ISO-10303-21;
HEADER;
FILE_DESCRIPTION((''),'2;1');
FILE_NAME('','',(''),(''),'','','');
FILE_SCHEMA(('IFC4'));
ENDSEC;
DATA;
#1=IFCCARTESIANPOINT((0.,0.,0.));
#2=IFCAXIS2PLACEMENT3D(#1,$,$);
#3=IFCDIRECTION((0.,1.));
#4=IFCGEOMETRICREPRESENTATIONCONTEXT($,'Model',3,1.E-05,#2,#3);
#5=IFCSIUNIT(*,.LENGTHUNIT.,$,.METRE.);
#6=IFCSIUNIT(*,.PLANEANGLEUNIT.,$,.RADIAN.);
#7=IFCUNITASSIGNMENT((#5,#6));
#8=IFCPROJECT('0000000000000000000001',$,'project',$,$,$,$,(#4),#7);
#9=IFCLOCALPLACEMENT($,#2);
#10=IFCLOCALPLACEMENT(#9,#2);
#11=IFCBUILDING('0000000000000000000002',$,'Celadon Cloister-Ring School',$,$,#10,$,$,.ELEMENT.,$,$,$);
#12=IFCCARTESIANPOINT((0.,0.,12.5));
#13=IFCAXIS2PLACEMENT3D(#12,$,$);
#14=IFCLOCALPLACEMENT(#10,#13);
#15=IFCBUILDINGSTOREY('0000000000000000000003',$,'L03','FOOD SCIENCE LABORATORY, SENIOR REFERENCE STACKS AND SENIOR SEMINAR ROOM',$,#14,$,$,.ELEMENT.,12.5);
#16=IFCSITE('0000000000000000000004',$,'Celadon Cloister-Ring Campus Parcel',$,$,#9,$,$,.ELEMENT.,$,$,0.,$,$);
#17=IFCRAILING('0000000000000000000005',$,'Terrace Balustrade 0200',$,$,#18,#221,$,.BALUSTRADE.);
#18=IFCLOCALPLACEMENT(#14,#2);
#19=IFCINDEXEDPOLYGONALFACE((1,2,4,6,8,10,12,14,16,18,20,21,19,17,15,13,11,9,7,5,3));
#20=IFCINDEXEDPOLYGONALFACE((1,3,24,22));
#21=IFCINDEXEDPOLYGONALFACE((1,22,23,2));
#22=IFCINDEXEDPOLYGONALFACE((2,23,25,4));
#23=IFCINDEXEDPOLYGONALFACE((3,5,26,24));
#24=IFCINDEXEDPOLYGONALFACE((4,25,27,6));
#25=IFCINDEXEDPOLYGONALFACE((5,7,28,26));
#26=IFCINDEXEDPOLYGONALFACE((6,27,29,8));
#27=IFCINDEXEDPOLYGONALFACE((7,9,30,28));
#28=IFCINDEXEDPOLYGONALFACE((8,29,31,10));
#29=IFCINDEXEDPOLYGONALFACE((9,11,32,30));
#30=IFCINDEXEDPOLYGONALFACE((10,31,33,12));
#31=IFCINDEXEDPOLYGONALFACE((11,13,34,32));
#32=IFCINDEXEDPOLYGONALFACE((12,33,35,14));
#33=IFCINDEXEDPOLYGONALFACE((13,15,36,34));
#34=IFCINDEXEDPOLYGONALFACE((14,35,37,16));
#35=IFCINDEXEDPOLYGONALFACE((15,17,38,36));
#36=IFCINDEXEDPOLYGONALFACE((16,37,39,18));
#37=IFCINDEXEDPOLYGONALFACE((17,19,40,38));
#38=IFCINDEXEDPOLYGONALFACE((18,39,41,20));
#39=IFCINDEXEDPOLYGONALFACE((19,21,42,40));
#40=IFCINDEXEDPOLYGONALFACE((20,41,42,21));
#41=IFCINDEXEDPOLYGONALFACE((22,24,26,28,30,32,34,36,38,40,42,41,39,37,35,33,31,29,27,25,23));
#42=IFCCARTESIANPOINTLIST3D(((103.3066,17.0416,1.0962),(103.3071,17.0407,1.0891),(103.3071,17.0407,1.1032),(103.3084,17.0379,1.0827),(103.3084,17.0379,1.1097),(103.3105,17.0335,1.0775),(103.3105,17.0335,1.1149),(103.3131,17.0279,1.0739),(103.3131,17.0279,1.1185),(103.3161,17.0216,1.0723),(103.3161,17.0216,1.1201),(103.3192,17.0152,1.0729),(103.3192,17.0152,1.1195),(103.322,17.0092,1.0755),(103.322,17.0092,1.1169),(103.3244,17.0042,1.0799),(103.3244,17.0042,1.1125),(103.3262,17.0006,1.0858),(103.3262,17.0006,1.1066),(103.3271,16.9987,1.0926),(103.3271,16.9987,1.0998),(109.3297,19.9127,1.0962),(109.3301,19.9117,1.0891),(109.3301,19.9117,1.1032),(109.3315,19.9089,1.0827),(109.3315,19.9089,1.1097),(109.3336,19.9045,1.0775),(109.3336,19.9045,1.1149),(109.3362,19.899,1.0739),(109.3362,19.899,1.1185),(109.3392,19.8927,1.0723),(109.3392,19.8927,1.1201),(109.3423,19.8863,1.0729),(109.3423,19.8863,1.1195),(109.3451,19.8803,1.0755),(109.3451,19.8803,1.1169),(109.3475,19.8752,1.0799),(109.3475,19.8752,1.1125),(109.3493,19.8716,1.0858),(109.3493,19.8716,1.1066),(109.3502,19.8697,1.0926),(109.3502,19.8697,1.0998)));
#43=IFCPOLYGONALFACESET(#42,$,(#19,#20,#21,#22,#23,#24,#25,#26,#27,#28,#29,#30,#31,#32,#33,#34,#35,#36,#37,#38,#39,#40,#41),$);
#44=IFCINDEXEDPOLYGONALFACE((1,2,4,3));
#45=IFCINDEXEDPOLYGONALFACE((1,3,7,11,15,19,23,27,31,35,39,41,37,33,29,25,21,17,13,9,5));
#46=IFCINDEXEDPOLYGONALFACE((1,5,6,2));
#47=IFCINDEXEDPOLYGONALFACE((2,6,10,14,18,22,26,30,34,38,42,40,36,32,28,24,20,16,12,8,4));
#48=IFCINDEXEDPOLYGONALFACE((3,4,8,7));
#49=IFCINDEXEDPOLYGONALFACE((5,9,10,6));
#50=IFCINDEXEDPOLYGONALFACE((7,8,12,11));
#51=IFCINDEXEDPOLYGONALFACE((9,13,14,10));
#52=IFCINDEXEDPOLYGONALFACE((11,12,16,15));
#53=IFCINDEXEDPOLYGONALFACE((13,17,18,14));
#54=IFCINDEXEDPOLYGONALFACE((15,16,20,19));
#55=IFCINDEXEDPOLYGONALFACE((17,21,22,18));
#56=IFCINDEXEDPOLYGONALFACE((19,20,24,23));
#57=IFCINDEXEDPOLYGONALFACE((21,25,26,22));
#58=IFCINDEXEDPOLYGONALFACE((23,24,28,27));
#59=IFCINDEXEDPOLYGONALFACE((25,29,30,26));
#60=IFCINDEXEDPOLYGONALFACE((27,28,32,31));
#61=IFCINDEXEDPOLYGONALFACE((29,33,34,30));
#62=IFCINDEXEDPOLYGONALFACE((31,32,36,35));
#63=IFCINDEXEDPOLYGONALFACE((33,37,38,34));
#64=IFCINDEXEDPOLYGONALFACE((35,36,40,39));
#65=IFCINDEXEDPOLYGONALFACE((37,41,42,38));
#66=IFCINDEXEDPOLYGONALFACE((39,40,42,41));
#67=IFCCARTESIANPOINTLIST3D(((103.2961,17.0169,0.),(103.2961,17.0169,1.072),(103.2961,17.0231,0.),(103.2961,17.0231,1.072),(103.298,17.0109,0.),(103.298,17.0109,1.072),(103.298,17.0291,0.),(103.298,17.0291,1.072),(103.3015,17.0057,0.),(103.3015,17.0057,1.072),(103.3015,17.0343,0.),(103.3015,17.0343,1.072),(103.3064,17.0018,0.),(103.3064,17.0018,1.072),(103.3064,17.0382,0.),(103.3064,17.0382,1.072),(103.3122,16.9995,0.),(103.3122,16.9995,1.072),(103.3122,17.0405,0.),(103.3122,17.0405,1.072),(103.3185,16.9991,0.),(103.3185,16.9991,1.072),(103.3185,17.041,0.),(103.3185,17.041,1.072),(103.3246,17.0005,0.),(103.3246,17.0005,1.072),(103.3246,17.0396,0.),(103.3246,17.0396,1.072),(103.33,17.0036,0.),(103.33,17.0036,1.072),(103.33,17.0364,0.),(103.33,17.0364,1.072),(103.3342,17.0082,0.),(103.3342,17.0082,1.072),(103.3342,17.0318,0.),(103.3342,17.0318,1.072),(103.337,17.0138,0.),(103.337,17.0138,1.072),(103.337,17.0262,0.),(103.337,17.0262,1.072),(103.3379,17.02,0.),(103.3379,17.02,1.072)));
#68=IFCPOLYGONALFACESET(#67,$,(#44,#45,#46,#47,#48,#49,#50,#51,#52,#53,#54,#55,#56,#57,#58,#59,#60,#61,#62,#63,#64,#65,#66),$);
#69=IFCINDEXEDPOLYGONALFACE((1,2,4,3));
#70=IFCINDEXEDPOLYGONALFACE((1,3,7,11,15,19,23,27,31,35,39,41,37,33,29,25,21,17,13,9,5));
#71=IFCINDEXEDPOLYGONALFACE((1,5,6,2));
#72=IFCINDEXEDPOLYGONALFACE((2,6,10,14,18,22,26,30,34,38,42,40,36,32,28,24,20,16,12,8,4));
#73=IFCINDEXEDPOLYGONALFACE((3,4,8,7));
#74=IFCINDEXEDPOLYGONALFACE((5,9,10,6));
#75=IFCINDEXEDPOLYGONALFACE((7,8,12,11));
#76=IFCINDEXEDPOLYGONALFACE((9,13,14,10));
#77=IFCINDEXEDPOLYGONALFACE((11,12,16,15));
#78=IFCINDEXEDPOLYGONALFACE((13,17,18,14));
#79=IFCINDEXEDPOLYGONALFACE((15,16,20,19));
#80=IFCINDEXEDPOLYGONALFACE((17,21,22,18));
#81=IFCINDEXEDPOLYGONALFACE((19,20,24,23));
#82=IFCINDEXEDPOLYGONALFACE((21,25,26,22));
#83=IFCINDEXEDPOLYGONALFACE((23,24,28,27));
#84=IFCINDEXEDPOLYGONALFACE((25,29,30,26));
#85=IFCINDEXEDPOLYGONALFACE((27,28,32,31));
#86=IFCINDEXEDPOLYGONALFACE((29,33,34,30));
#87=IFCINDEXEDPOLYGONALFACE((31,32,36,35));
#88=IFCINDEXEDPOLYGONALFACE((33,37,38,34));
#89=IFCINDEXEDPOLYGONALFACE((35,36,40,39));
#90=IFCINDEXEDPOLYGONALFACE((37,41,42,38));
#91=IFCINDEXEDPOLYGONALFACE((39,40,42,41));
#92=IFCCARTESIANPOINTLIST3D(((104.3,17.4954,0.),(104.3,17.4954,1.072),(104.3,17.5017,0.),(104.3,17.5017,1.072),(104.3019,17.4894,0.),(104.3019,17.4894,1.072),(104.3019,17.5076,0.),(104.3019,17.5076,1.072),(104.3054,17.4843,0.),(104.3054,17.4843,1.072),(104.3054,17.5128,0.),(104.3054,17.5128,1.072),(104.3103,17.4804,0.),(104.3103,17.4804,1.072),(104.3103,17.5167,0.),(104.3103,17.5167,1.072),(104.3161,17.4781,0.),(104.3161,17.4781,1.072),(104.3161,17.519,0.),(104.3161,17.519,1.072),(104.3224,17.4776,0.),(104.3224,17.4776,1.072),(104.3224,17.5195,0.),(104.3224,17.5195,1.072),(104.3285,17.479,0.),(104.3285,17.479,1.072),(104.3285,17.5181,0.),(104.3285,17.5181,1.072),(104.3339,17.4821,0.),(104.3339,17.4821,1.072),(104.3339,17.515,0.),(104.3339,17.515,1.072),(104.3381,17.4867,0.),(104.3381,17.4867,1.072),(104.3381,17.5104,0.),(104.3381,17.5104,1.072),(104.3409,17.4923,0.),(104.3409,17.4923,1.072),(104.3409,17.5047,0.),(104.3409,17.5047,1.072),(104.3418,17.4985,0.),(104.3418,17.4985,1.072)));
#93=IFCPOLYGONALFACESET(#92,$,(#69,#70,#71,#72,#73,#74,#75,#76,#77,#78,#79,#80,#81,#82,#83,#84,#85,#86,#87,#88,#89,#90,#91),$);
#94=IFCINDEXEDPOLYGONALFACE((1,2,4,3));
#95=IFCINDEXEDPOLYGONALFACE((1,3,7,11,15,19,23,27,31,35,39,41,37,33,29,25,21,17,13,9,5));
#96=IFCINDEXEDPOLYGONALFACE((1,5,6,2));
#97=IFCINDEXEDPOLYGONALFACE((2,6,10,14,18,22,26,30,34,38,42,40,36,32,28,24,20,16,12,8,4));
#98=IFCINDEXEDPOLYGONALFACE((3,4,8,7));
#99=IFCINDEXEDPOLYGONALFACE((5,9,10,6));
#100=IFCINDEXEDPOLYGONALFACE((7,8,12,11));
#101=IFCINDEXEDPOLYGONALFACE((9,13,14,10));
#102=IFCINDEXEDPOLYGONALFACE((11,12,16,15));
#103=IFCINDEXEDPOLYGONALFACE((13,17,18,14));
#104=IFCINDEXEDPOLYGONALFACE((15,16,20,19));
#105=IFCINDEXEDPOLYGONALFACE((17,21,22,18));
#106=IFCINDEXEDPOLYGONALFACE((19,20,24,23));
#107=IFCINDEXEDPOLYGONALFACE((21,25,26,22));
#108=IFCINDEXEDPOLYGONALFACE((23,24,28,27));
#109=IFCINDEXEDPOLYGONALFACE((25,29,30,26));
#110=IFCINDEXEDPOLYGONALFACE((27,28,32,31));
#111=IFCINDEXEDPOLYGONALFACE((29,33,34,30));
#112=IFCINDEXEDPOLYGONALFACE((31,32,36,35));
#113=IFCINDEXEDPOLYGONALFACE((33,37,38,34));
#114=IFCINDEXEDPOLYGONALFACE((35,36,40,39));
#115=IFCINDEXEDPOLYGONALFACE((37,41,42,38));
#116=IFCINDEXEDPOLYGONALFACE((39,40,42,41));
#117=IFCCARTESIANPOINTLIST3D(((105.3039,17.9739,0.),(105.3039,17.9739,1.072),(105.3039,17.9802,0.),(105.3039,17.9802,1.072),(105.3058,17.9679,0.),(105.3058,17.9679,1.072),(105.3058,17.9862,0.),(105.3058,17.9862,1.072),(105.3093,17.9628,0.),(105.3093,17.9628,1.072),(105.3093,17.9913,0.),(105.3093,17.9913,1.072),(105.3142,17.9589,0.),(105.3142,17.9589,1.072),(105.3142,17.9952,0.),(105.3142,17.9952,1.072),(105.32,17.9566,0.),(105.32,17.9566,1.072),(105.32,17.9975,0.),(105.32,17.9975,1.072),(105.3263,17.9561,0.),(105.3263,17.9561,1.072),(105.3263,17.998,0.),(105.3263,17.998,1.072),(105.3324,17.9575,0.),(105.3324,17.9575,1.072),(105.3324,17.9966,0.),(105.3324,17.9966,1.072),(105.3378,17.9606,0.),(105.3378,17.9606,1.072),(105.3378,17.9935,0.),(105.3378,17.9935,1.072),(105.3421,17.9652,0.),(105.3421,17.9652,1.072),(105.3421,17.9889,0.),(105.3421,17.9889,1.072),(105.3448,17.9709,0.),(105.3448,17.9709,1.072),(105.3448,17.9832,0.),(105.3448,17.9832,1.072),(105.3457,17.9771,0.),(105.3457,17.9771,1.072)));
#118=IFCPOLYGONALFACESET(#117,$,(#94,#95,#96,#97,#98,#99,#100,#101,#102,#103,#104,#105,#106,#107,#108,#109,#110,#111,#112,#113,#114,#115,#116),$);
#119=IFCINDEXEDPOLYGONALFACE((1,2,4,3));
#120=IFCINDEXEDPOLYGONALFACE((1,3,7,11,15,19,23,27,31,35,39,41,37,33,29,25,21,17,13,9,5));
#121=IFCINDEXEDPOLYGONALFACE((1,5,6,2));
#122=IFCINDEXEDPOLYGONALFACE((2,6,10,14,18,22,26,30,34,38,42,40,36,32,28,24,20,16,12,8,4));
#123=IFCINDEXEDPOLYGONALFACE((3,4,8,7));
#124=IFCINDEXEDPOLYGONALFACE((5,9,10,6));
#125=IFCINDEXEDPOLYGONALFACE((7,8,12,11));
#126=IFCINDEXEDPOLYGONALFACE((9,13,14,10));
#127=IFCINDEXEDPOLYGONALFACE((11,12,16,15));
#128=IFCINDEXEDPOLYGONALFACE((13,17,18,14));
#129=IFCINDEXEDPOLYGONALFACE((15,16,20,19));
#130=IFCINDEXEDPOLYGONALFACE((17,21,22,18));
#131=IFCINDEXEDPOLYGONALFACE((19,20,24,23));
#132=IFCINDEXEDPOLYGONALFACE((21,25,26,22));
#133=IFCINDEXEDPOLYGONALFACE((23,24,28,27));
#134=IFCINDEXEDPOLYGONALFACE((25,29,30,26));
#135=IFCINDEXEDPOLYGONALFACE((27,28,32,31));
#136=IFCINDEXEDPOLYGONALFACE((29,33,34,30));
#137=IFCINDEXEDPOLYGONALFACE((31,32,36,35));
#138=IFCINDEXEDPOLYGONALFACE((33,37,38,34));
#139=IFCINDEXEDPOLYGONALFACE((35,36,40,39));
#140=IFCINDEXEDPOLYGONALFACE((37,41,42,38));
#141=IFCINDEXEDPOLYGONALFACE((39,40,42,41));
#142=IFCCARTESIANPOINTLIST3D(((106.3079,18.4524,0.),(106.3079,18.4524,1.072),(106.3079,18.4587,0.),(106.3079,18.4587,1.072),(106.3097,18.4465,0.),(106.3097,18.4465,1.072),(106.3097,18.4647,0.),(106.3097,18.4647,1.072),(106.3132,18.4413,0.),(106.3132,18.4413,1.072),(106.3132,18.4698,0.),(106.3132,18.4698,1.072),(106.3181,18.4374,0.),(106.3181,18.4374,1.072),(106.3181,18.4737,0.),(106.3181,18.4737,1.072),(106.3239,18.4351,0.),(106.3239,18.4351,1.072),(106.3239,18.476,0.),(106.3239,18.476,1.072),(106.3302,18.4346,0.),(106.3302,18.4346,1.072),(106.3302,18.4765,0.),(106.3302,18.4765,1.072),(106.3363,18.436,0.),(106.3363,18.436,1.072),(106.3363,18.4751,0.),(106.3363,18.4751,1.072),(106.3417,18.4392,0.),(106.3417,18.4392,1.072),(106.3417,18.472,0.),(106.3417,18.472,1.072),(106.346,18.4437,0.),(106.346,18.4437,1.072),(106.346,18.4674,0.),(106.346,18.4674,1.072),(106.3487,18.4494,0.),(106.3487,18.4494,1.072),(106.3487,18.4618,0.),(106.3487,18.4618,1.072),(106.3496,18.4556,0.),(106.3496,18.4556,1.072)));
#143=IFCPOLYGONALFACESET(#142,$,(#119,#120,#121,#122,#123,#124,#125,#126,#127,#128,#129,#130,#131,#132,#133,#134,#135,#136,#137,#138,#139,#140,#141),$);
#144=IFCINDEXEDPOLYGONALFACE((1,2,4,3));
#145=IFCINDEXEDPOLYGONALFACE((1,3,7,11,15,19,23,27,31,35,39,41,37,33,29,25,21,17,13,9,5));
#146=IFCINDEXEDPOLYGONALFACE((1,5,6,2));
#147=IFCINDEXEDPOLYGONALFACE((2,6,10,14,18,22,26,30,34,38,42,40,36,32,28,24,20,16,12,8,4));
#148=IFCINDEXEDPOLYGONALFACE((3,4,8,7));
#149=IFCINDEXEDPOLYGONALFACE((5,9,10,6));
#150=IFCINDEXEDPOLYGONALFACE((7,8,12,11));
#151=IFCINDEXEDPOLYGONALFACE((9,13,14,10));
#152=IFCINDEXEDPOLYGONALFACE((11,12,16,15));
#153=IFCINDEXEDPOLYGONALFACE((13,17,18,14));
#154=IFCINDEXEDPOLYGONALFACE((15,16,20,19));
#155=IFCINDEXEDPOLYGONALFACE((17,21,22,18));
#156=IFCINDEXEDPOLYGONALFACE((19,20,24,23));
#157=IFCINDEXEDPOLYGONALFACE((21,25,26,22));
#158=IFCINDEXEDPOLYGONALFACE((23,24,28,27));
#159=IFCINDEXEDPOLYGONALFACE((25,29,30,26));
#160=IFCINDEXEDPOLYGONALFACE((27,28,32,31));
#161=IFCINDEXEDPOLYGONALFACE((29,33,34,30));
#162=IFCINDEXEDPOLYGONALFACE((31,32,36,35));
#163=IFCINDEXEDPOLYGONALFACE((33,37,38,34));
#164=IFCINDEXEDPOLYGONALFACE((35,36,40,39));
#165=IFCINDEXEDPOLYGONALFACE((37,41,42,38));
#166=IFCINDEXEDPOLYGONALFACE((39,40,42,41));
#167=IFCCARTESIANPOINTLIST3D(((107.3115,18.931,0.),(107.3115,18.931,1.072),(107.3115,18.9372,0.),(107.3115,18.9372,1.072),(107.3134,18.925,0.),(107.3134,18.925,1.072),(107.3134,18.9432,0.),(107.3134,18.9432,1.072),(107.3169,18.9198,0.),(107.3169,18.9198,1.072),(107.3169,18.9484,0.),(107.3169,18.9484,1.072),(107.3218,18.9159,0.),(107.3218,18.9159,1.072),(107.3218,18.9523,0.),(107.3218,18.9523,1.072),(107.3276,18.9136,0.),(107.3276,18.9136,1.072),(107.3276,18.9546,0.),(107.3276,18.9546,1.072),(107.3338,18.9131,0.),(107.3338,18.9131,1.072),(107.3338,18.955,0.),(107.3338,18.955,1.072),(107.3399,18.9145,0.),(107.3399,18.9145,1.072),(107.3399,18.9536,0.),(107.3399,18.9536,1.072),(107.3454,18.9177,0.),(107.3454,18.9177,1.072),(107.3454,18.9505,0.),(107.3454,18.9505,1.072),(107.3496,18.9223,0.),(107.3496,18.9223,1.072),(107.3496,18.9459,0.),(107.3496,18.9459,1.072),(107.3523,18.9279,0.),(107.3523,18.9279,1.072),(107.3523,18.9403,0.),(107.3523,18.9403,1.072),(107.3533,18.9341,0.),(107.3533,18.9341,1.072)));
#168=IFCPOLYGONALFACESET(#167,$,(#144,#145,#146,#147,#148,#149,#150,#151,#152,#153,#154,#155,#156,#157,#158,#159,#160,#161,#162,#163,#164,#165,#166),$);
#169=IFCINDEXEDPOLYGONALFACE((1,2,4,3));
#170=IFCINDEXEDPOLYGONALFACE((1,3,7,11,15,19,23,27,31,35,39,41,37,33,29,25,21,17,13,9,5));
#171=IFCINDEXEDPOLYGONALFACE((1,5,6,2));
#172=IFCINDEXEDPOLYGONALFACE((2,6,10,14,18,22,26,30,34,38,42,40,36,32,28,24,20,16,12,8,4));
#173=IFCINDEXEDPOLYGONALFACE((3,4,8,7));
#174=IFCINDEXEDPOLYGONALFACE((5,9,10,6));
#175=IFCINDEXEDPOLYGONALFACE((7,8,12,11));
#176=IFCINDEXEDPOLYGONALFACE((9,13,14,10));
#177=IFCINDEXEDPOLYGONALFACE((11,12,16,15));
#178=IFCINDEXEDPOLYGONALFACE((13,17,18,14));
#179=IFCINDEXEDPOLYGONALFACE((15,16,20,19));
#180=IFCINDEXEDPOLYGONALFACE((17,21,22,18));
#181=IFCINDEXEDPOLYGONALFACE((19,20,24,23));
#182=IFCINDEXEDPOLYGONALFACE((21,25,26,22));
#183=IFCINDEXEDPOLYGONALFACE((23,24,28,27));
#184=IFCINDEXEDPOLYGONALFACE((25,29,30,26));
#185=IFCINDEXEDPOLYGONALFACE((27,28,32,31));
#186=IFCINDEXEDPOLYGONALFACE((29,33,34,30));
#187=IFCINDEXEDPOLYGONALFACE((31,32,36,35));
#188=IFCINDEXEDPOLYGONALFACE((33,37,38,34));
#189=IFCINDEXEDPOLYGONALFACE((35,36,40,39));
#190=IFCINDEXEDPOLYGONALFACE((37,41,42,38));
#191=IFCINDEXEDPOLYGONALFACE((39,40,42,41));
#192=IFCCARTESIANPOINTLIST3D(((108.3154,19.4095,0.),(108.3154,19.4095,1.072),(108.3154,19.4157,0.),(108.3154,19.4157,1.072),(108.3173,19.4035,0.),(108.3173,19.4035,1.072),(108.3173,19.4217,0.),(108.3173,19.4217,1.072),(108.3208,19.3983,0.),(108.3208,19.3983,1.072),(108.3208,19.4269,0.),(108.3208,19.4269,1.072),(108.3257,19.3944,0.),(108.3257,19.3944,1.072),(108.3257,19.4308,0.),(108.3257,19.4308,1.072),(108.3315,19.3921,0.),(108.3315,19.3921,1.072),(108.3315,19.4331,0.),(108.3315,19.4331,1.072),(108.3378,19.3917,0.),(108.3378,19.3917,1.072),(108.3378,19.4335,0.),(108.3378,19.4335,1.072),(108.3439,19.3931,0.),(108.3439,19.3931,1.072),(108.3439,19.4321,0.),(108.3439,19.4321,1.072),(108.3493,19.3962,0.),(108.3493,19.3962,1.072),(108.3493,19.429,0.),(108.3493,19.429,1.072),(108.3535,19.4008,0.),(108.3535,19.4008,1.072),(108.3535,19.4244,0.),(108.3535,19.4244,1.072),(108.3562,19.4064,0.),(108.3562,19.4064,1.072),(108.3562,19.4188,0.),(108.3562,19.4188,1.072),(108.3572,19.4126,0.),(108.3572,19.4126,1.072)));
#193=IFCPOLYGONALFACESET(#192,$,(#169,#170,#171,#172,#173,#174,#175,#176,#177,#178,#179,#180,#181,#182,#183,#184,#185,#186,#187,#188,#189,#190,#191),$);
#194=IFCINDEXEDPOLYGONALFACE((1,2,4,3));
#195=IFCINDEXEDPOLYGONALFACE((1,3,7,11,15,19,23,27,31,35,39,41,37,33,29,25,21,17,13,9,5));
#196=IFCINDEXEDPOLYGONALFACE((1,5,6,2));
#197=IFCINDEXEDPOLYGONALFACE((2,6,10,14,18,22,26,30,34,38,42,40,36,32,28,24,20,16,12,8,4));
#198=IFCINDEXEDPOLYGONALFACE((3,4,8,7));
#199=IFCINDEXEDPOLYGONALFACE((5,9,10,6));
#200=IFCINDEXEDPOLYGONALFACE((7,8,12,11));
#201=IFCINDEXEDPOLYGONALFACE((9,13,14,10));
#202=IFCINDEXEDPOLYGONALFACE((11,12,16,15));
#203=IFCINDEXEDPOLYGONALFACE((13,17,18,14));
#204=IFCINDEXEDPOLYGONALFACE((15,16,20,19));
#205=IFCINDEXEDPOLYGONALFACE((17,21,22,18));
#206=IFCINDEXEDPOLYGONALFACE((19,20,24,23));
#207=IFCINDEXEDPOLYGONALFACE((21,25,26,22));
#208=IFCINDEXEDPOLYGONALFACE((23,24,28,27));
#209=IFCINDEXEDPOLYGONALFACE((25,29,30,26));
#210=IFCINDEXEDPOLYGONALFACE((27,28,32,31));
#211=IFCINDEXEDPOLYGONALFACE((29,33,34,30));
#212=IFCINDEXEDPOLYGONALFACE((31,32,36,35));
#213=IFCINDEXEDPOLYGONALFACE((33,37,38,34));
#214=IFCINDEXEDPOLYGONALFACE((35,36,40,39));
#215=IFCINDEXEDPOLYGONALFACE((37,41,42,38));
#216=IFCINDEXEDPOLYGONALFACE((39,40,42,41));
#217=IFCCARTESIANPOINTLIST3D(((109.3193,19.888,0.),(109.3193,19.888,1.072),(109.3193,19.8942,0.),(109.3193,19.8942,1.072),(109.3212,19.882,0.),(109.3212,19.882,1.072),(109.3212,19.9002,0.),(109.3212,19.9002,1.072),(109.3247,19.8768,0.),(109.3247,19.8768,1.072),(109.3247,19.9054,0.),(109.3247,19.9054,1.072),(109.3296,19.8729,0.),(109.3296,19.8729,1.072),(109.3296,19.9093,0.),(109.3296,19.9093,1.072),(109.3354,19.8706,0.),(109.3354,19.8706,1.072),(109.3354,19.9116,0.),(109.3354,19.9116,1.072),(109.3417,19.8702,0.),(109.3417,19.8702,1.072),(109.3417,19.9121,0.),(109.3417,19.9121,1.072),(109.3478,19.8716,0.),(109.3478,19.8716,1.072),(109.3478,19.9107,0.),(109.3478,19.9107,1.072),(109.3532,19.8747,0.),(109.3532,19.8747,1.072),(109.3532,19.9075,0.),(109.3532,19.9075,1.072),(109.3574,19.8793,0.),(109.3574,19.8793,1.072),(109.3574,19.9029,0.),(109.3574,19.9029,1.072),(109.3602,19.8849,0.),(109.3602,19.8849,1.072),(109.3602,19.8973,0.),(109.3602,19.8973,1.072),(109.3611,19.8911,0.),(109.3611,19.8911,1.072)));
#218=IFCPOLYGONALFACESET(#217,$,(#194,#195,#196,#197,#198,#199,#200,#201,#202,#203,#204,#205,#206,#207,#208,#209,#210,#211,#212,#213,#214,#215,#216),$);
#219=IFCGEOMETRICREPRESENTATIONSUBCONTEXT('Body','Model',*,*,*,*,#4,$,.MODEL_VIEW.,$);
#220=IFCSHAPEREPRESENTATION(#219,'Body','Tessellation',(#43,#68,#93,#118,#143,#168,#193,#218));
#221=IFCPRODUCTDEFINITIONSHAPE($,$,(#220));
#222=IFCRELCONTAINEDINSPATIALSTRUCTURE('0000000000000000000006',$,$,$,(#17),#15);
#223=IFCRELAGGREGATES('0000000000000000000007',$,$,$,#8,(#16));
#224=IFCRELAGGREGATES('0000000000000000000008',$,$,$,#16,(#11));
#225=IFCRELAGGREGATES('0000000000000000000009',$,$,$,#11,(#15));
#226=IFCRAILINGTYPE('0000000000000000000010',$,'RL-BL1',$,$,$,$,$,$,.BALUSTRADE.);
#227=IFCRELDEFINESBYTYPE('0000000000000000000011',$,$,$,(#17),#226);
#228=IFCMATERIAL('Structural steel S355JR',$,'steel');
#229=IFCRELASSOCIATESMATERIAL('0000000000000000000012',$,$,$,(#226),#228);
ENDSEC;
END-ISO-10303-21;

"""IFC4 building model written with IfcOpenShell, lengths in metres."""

from ifc_helpers import new_model, si_unit, direction, frame, origin, origin_2d, place, context, subcontext, project, spatial, circle, extrude, material, type_object, element, save


model = new_model("IFC4")

# Units and contexts
model_context = context("Model", 3, precision=1e-05, world=origin(), true_north=direction((0.0, 1.0)))
body_context = subcontext(model_context, "Body", "Model", "MODEL_VIEW")
ifc_project = project(units=[si_unit("LENGTHUNIT", "METRE"), si_unit("PLANEANGLEUNIT", "RADIAN")], contexts=[model_context])

# Site, building, storey
site_placement = place(None, origin())
site = spatial("IfcSite", under=ifc_project, at=site_placement, Name="Celadon Cloister-Ring Campus Parcel", CompositionType="ELEMENT", RefElevation=0.0)
building_placement = place(site_placement, origin())
building = spatial("IfcBuilding", under=site, at=building_placement, Name="Celadon Cloister-Ring School", CompositionType="ELEMENT")
storey_placement = place(building_placement, frame((0.0, 0.0, 12.5)))
storey = spatial("IfcBuildingStorey", under=building, at=storey_placement, Name="L03", Description="FOOD SCIENCE LABORATORY, SENIOR REFERENCE STACKS AND SENIOR SEMINAR ROOM", CompositionType="ELEMENT", Elevation=12.5)

# Railing
ifc_material_1 = material(Name="Structural steel S355JR", Category="steel")
railing_type = type_object("IfcRailingType", Name="RL-BL1", PredefinedType="BALUSTRADE", material=ifc_material_1)
railing_placement = place(storey_placement, frame((103.3169, 17.02, 0.0)))
element("IfcRailing", 1, at=railing_placement, inside=storey, type_object=railing_type, Name="Terrace Balustrade 0200", PredefinedType="BALUSTRADE", context=body_context, shape_type="SweptSolid", body=[
    extrude(circle(Radius=0.0239, at=origin_2d()), frame((0.0, 0.0, 1.0962), z_axis=(0.902691, 0.430289, 0.0), x_axis=(-0.430289, 0.902691, 0.0)), (0.0, 0.0, 1.0), 6.6724),
    extrude(circle(Radius=0.021, at=origin_2d()), origin(), (0.0, 0.0, 1.0), 1.072),
    extrude(circle(Radius=0.021, at=origin_2d()), frame((1.0039, 0.4785, 0.0)), (0.0, 0.0, 1.0), 1.072),
    extrude(circle(Radius=0.021, at=origin_2d()), frame((2.0078, 0.957, 0.0)), (0.0, 0.0, 1.0), 1.072),
    extrude(circle(Radius=0.021, at=origin_2d()), frame((3.0117, 1.4355, 0.0)), (0.0, 0.0, 1.0), 1.072),
    extrude(circle(Radius=0.021, at=origin_2d()), frame((4.0154, 1.9141, 0.0)), (0.0, 0.0, 1.0), 1.072),
    extrude(circle(Radius=0.021, at=origin_2d()), frame((5.0193, 2.3926, 0.0)), (0.0, 0.0, 1.0), 1.072),
    extrude(circle(Radius=0.021, at=origin_2d()), frame((6.0232, 2.8711, 0.0)), (0.0, 0.0, 1.0), 1.072),
])

save(model, "model.ifc")
